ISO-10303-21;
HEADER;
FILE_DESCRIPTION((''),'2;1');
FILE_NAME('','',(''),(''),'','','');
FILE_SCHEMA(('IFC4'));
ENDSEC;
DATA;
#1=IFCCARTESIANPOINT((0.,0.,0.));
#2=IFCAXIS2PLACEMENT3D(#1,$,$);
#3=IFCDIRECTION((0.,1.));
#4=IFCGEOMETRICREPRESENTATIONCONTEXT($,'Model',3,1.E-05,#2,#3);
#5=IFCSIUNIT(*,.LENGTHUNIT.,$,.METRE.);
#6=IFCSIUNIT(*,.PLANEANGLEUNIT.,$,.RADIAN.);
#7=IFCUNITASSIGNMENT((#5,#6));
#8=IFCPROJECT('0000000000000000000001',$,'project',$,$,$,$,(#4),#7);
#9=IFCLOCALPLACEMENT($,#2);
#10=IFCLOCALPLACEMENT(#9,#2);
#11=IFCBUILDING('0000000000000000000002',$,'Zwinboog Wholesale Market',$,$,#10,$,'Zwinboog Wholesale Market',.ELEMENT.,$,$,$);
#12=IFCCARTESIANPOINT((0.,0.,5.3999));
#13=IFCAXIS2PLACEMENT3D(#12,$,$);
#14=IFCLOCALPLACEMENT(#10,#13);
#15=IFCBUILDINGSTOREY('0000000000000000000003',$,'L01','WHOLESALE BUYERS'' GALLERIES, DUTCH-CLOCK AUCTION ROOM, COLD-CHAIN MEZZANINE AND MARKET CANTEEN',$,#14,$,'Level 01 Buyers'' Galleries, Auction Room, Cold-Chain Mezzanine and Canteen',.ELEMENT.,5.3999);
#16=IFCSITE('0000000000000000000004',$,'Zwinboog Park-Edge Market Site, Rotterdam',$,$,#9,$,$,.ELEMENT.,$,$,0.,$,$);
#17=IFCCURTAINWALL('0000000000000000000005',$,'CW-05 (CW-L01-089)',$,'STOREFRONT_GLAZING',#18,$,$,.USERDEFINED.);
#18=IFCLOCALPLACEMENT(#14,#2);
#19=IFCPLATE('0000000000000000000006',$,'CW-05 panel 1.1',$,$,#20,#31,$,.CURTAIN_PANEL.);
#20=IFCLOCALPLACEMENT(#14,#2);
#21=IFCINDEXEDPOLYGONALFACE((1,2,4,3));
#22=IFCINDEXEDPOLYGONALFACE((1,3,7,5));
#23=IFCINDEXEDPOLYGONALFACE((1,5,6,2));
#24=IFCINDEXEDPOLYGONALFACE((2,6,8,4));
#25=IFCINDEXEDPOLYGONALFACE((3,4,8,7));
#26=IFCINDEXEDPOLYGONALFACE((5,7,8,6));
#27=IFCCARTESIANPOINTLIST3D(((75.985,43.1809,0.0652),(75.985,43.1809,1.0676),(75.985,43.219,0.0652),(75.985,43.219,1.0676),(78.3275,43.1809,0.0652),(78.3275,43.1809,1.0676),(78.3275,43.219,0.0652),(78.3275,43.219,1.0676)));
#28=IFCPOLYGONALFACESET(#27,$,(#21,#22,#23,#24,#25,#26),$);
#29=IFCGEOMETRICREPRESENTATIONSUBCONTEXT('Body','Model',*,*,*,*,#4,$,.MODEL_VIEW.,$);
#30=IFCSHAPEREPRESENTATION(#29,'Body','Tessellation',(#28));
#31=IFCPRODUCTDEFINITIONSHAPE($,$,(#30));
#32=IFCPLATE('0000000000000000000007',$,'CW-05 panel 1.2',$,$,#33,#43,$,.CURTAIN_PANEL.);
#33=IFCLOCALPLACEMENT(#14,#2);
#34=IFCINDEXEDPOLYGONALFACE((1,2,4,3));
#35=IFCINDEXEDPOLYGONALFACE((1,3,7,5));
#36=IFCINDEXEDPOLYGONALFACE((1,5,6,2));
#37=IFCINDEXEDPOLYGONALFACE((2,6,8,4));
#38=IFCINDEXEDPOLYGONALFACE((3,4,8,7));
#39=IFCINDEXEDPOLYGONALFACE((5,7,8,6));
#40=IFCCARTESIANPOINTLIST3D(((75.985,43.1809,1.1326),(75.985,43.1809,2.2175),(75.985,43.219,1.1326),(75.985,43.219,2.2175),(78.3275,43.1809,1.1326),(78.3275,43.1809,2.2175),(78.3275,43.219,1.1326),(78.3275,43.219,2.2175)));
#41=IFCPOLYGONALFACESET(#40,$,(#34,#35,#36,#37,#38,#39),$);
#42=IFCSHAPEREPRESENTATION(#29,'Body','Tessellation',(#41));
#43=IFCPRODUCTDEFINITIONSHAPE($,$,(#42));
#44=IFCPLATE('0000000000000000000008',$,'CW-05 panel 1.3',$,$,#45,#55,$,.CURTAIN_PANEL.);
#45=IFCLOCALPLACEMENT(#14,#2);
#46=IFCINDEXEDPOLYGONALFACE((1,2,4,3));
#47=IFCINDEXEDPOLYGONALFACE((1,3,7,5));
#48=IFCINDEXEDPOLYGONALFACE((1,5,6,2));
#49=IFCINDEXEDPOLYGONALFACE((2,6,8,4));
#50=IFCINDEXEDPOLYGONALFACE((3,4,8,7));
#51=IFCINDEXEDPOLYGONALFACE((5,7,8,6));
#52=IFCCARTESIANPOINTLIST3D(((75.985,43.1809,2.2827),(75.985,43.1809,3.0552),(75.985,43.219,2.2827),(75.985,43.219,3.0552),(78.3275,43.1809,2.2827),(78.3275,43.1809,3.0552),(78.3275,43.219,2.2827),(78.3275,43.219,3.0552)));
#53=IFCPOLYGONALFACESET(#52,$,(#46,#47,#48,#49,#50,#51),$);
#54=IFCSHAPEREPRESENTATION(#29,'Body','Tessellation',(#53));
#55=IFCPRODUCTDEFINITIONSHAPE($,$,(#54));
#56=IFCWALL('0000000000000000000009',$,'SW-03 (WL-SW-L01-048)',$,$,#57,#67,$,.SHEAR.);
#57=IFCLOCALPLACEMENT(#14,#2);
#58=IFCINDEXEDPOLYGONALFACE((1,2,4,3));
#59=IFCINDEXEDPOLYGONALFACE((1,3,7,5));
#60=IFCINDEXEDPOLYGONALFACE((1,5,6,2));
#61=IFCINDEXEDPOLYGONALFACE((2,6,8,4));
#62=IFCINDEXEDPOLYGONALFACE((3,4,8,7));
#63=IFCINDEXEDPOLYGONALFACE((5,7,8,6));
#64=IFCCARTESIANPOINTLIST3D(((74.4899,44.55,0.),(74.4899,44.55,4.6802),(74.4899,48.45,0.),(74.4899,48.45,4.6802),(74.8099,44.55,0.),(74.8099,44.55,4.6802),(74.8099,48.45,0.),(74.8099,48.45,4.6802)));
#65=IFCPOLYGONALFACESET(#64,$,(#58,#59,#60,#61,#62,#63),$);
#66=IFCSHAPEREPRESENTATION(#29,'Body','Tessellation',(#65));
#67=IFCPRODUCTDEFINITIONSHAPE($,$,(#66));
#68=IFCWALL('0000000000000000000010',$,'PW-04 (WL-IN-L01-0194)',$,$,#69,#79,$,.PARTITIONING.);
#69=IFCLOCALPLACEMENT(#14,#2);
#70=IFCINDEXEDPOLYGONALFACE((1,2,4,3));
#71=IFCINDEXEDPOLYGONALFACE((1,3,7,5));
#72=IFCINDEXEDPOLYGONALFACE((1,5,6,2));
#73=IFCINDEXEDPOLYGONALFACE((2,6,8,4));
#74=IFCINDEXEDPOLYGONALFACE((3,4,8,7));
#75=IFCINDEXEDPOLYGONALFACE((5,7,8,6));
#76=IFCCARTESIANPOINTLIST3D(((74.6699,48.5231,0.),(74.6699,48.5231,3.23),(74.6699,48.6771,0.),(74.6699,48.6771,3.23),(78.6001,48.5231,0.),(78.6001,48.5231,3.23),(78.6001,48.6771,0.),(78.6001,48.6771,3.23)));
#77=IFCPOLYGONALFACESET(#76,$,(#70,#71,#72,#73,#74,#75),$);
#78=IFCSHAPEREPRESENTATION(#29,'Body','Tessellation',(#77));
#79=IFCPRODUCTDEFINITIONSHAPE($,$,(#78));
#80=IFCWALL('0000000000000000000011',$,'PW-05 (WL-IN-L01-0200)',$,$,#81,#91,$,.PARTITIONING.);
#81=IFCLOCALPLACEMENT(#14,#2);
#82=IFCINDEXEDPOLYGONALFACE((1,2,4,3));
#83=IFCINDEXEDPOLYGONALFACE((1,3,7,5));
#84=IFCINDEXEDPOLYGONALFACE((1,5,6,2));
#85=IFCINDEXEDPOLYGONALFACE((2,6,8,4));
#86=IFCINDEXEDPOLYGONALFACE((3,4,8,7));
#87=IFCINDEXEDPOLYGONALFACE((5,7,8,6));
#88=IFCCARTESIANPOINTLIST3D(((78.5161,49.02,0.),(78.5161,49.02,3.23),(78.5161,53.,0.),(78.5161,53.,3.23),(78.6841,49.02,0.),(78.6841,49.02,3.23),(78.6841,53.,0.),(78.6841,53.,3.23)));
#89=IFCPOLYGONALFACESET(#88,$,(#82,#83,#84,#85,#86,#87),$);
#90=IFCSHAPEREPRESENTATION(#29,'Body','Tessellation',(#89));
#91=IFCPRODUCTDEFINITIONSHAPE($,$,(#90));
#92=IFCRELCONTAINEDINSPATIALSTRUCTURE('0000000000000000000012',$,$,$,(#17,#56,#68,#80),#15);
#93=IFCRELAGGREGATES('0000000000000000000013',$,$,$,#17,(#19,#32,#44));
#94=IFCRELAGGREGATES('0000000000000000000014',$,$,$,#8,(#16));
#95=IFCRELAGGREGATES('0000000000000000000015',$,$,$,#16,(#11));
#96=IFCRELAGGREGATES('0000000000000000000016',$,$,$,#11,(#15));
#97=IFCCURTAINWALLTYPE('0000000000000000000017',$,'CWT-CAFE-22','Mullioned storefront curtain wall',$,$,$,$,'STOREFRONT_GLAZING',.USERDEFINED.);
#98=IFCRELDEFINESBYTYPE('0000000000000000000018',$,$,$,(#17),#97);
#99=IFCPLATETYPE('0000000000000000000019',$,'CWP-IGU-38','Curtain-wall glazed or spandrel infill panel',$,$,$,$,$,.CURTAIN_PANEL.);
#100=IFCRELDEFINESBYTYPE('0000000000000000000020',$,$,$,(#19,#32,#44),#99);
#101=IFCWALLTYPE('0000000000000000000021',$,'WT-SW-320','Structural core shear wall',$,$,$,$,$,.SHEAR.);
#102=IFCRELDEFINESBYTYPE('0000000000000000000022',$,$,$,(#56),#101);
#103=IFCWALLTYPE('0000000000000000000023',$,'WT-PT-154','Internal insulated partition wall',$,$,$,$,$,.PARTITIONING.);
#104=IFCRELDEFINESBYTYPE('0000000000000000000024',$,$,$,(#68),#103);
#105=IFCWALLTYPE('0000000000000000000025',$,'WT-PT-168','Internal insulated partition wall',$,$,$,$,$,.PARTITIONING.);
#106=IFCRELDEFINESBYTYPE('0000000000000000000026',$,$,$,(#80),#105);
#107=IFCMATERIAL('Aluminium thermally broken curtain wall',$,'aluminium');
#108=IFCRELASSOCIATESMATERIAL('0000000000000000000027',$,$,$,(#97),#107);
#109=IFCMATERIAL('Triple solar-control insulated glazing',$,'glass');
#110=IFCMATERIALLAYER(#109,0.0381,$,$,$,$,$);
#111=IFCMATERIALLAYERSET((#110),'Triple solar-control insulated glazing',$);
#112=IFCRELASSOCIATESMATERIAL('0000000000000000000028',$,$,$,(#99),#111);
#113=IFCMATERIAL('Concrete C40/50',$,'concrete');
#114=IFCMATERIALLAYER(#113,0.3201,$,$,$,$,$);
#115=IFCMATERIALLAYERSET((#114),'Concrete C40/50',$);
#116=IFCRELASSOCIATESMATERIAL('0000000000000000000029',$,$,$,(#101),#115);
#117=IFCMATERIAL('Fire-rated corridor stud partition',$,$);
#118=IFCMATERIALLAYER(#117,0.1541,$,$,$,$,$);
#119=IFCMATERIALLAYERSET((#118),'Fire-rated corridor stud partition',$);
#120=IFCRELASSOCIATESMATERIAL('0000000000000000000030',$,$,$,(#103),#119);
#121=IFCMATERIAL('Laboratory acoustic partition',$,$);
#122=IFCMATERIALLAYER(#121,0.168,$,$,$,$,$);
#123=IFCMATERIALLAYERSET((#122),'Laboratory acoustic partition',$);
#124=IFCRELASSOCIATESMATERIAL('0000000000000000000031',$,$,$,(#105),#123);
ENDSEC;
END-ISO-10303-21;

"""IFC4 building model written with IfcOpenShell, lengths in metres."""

from ifc_helpers import new_model, si_unit, direction, frame, frame_2d, origin, origin_2d, place, context, subcontext, project, spatial, rectangle, extrude, material, layer, layer_set, type_object, element, aggregate, save


model = new_model("IFC4")

# Units and contexts
model_context = context("Model", 3, precision=1e-05, world=origin(), true_north=direction((0.0, 1.0)))
body_context = subcontext(model_context, "Body", "Model", "MODEL_VIEW")
ifc_project = project(units=[si_unit("LENGTHUNIT", "METRE"), si_unit("PLANEANGLEUNIT", "RADIAN")], contexts=[model_context])

# Site, building, storey
site_placement = place(None, origin())
site = spatial("IfcSite", under=ifc_project, at=site_placement, Name="Zwinboog Park-Edge Market Site, Rotterdam", CompositionType="ELEMENT", RefElevation=0.0)
building_placement = place(site_placement, origin())
building = spatial("IfcBuilding", under=site, at=building_placement, Name="Zwinboog Wholesale Market", LongName="Zwinboog Wholesale Market", CompositionType="ELEMENT")
storey_placement = place(building_placement, frame((0.0, 0.0, 5.3999)))
storey = spatial("IfcBuildingStorey", under=building, at=storey_placement, Name="L01", Description="WHOLESALE BUYERS' GALLERIES, DUTCH-CLOCK AUCTION ROOM, COLD-CHAIN MEZZANINE AND MARKET CANTEEN", LongName="Level 01 Buyers' Galleries, Auction Room, Cold-Chain Mezzanine and Canteen", CompositionType="ELEMENT", Elevation=5.3999)

# Curtain wall
ifc_material_1 = material(Name="Aluminium thermally broken curtain wall", Category="aluminium")
curtain_wall_type_1 = type_object("IfcCurtainWallType", Name="CWT-CAFE-22", Description="Mullioned storefront curtain wall", ElementType="STOREFRONT_GLAZING", PredefinedType="USERDEFINED", material=ifc_material_1)
curtain_wall_1_placement = place(storey_placement, origin())
curtain_wall_1 = element("IfcCurtainWall", 1, at=curtain_wall_1_placement, inside=storey, type_object=curtain_wall_type_1, Name="CW-05 (CW-L01-089)", ObjectType="STOREFRONT_GLAZING", PredefinedType="USERDEFINED")

# Plates
ifc_material_2 = material(Name="Triple solar-control insulated glazing", Category="glass")
ifc_layer_1 = layer(ifc_material_2, 0.0381)
ifc_layer_set_1 = layer_set([ifc_layer_1], Name="Triple solar-control insulated glazing")
plate_type = type_object("IfcPlateType", Name="CWP-IGU-38", Description="Curtain-wall glazed or spandrel infill panel", PredefinedType="CURTAIN_PANEL", material=ifc_layer_set_1)
plate_1_placement = place(storey_placement, frame((77.1562, 43.2, 0.0652), z_axis=(0.0, 0.0, 1.0), x_axis=(1.0, 0.0, 0.0)))
plate_1 = element("IfcPlate", 2, at=plate_1_placement, type_object=plate_type, Name="CW-05 panel 1.1", PredefinedType="CURTAIN_PANEL", context=body_context, shape_type="SweptSolid", body=[
    extrude(rectangle(XDim=2.3425, YDim=0.0381, at=origin_2d()), origin(), (0.0, 0.0, 1.0), 1.0024),
])
plate_2_placement = place(storey_placement, frame((77.1562, 43.2, 1.1326), z_axis=(0.0, 0.0, 1.0), x_axis=(1.0, 0.0, 0.0)))
plate_2 = element("IfcPlate", 3, at=plate_2_placement, type_object=plate_type, Name="CW-05 panel 1.2", PredefinedType="CURTAIN_PANEL", context=body_context, shape_type="SweptSolid", body=[
    extrude(rectangle(XDim=2.3425, YDim=0.0381, at=origin_2d()), origin(), (0.0, 0.0, 1.0), 1.085),
])
plate_3_placement = place(storey_placement, frame((77.1562, 43.2, 2.2827), z_axis=(0.0, 0.0, 1.0), x_axis=(1.0, 0.0, 0.0)))
plate_3 = element("IfcPlate", 4, at=plate_3_placement, type_object=plate_type, Name="CW-05 panel 1.3", PredefinedType="CURTAIN_PANEL", context=body_context, shape_type="SweptSolid", body=[
    extrude(rectangle(XDim=2.3425, YDim=0.0381, at=origin_2d()), origin(), (0.0, 0.0, 1.0), 0.7725),
])
aggregate(curtain_wall_1, [plate_1, plate_2, plate_3])

# Walls
ifc_material_3 = material(Name="Concrete C40/50", Category="concrete")
ifc_layer_2 = layer(ifc_material_3, 0.3201)
ifc_layer_set_2 = layer_set([ifc_layer_2], Name="Concrete C40/50")
wall_type_1 = type_object("IfcWallType", Name="WT-SW-320", Description="Structural core shear wall", PredefinedType="SHEAR", material=ifc_layer_set_2)
wall_1_placement = place(storey_placement, frame((74.6499, 44.55, 0.0), z_axis=(0.0, 0.0, 1.0), x_axis=(0.0, 1.0, 0.0)))
element("IfcWall", 5, at=wall_1_placement, inside=storey, type_object=wall_type_1, Name="SW-03 (WL-SW-L01-048)", PredefinedType="SHEAR", context=body_context, shape_type="SweptSolid", body=[
    extrude(rectangle(XDim=3.8999, YDim=0.3201, at=frame_2d((1.95, 0.0))), origin(), (0.0, 0.0, 1.0), 4.6802),
])
ifc_material_4 = material(Name="Fire-rated corridor stud partition")
ifc_layer_3 = layer(ifc_material_4, 0.1541)
ifc_layer_set_3 = layer_set([ifc_layer_3], Name="Fire-rated corridor stud partition")
wall_type_2 = type_object("IfcWallType", Name="WT-PT-154", Description="Internal insulated partition wall", PredefinedType="PARTITIONING", material=ifc_layer_set_3)
wall_2_placement = place(storey_placement, frame((74.6699, 48.6001, 0.0), z_axis=(0.0, 0.0, 1.0), x_axis=(1.0, 0.0, 0.0)))
element("IfcWall", 6, at=wall_2_placement, inside=storey, type_object=wall_type_2, Name="PW-04 (WL-IN-L01-0194)", PredefinedType="PARTITIONING", context=body_context, shape_type="SweptSolid", body=[
    extrude(rectangle(XDim=3.9302, YDim=0.1541, at=frame_2d((1.9651, 0.0))), origin(), (0.0, 0.0, 1.0), 3.23),
])
ifc_material_5 = material(Name="Laboratory acoustic partition")
ifc_layer_4 = layer(ifc_material_5, 0.168)
ifc_layer_set_4 = layer_set([ifc_layer_4], Name="Laboratory acoustic partition")
wall_type_3 = type_object("IfcWallType", Name="WT-PT-168", Description="Internal insulated partition wall", PredefinedType="PARTITIONING", material=ifc_layer_set_4)
wall_3_placement = place(storey_placement, frame((78.6001, 49.02, 0.0), z_axis=(0.0, 0.0, 1.0), x_axis=(0.0, 1.0, 0.0)))
element("IfcWall", 7, at=wall_3_placement, inside=storey, type_object=wall_type_3, Name="PW-05 (WL-IN-L01-0200)", PredefinedType="PARTITIONING", context=body_context, shape_type="SweptSolid", body=[
    extrude(rectangle(XDim=3.98, YDim=0.168, at=frame_2d((1.99, 0.0))), origin(), (0.0, 0.0, 1.0), 3.23),
])

save(model, "model.ifc")
